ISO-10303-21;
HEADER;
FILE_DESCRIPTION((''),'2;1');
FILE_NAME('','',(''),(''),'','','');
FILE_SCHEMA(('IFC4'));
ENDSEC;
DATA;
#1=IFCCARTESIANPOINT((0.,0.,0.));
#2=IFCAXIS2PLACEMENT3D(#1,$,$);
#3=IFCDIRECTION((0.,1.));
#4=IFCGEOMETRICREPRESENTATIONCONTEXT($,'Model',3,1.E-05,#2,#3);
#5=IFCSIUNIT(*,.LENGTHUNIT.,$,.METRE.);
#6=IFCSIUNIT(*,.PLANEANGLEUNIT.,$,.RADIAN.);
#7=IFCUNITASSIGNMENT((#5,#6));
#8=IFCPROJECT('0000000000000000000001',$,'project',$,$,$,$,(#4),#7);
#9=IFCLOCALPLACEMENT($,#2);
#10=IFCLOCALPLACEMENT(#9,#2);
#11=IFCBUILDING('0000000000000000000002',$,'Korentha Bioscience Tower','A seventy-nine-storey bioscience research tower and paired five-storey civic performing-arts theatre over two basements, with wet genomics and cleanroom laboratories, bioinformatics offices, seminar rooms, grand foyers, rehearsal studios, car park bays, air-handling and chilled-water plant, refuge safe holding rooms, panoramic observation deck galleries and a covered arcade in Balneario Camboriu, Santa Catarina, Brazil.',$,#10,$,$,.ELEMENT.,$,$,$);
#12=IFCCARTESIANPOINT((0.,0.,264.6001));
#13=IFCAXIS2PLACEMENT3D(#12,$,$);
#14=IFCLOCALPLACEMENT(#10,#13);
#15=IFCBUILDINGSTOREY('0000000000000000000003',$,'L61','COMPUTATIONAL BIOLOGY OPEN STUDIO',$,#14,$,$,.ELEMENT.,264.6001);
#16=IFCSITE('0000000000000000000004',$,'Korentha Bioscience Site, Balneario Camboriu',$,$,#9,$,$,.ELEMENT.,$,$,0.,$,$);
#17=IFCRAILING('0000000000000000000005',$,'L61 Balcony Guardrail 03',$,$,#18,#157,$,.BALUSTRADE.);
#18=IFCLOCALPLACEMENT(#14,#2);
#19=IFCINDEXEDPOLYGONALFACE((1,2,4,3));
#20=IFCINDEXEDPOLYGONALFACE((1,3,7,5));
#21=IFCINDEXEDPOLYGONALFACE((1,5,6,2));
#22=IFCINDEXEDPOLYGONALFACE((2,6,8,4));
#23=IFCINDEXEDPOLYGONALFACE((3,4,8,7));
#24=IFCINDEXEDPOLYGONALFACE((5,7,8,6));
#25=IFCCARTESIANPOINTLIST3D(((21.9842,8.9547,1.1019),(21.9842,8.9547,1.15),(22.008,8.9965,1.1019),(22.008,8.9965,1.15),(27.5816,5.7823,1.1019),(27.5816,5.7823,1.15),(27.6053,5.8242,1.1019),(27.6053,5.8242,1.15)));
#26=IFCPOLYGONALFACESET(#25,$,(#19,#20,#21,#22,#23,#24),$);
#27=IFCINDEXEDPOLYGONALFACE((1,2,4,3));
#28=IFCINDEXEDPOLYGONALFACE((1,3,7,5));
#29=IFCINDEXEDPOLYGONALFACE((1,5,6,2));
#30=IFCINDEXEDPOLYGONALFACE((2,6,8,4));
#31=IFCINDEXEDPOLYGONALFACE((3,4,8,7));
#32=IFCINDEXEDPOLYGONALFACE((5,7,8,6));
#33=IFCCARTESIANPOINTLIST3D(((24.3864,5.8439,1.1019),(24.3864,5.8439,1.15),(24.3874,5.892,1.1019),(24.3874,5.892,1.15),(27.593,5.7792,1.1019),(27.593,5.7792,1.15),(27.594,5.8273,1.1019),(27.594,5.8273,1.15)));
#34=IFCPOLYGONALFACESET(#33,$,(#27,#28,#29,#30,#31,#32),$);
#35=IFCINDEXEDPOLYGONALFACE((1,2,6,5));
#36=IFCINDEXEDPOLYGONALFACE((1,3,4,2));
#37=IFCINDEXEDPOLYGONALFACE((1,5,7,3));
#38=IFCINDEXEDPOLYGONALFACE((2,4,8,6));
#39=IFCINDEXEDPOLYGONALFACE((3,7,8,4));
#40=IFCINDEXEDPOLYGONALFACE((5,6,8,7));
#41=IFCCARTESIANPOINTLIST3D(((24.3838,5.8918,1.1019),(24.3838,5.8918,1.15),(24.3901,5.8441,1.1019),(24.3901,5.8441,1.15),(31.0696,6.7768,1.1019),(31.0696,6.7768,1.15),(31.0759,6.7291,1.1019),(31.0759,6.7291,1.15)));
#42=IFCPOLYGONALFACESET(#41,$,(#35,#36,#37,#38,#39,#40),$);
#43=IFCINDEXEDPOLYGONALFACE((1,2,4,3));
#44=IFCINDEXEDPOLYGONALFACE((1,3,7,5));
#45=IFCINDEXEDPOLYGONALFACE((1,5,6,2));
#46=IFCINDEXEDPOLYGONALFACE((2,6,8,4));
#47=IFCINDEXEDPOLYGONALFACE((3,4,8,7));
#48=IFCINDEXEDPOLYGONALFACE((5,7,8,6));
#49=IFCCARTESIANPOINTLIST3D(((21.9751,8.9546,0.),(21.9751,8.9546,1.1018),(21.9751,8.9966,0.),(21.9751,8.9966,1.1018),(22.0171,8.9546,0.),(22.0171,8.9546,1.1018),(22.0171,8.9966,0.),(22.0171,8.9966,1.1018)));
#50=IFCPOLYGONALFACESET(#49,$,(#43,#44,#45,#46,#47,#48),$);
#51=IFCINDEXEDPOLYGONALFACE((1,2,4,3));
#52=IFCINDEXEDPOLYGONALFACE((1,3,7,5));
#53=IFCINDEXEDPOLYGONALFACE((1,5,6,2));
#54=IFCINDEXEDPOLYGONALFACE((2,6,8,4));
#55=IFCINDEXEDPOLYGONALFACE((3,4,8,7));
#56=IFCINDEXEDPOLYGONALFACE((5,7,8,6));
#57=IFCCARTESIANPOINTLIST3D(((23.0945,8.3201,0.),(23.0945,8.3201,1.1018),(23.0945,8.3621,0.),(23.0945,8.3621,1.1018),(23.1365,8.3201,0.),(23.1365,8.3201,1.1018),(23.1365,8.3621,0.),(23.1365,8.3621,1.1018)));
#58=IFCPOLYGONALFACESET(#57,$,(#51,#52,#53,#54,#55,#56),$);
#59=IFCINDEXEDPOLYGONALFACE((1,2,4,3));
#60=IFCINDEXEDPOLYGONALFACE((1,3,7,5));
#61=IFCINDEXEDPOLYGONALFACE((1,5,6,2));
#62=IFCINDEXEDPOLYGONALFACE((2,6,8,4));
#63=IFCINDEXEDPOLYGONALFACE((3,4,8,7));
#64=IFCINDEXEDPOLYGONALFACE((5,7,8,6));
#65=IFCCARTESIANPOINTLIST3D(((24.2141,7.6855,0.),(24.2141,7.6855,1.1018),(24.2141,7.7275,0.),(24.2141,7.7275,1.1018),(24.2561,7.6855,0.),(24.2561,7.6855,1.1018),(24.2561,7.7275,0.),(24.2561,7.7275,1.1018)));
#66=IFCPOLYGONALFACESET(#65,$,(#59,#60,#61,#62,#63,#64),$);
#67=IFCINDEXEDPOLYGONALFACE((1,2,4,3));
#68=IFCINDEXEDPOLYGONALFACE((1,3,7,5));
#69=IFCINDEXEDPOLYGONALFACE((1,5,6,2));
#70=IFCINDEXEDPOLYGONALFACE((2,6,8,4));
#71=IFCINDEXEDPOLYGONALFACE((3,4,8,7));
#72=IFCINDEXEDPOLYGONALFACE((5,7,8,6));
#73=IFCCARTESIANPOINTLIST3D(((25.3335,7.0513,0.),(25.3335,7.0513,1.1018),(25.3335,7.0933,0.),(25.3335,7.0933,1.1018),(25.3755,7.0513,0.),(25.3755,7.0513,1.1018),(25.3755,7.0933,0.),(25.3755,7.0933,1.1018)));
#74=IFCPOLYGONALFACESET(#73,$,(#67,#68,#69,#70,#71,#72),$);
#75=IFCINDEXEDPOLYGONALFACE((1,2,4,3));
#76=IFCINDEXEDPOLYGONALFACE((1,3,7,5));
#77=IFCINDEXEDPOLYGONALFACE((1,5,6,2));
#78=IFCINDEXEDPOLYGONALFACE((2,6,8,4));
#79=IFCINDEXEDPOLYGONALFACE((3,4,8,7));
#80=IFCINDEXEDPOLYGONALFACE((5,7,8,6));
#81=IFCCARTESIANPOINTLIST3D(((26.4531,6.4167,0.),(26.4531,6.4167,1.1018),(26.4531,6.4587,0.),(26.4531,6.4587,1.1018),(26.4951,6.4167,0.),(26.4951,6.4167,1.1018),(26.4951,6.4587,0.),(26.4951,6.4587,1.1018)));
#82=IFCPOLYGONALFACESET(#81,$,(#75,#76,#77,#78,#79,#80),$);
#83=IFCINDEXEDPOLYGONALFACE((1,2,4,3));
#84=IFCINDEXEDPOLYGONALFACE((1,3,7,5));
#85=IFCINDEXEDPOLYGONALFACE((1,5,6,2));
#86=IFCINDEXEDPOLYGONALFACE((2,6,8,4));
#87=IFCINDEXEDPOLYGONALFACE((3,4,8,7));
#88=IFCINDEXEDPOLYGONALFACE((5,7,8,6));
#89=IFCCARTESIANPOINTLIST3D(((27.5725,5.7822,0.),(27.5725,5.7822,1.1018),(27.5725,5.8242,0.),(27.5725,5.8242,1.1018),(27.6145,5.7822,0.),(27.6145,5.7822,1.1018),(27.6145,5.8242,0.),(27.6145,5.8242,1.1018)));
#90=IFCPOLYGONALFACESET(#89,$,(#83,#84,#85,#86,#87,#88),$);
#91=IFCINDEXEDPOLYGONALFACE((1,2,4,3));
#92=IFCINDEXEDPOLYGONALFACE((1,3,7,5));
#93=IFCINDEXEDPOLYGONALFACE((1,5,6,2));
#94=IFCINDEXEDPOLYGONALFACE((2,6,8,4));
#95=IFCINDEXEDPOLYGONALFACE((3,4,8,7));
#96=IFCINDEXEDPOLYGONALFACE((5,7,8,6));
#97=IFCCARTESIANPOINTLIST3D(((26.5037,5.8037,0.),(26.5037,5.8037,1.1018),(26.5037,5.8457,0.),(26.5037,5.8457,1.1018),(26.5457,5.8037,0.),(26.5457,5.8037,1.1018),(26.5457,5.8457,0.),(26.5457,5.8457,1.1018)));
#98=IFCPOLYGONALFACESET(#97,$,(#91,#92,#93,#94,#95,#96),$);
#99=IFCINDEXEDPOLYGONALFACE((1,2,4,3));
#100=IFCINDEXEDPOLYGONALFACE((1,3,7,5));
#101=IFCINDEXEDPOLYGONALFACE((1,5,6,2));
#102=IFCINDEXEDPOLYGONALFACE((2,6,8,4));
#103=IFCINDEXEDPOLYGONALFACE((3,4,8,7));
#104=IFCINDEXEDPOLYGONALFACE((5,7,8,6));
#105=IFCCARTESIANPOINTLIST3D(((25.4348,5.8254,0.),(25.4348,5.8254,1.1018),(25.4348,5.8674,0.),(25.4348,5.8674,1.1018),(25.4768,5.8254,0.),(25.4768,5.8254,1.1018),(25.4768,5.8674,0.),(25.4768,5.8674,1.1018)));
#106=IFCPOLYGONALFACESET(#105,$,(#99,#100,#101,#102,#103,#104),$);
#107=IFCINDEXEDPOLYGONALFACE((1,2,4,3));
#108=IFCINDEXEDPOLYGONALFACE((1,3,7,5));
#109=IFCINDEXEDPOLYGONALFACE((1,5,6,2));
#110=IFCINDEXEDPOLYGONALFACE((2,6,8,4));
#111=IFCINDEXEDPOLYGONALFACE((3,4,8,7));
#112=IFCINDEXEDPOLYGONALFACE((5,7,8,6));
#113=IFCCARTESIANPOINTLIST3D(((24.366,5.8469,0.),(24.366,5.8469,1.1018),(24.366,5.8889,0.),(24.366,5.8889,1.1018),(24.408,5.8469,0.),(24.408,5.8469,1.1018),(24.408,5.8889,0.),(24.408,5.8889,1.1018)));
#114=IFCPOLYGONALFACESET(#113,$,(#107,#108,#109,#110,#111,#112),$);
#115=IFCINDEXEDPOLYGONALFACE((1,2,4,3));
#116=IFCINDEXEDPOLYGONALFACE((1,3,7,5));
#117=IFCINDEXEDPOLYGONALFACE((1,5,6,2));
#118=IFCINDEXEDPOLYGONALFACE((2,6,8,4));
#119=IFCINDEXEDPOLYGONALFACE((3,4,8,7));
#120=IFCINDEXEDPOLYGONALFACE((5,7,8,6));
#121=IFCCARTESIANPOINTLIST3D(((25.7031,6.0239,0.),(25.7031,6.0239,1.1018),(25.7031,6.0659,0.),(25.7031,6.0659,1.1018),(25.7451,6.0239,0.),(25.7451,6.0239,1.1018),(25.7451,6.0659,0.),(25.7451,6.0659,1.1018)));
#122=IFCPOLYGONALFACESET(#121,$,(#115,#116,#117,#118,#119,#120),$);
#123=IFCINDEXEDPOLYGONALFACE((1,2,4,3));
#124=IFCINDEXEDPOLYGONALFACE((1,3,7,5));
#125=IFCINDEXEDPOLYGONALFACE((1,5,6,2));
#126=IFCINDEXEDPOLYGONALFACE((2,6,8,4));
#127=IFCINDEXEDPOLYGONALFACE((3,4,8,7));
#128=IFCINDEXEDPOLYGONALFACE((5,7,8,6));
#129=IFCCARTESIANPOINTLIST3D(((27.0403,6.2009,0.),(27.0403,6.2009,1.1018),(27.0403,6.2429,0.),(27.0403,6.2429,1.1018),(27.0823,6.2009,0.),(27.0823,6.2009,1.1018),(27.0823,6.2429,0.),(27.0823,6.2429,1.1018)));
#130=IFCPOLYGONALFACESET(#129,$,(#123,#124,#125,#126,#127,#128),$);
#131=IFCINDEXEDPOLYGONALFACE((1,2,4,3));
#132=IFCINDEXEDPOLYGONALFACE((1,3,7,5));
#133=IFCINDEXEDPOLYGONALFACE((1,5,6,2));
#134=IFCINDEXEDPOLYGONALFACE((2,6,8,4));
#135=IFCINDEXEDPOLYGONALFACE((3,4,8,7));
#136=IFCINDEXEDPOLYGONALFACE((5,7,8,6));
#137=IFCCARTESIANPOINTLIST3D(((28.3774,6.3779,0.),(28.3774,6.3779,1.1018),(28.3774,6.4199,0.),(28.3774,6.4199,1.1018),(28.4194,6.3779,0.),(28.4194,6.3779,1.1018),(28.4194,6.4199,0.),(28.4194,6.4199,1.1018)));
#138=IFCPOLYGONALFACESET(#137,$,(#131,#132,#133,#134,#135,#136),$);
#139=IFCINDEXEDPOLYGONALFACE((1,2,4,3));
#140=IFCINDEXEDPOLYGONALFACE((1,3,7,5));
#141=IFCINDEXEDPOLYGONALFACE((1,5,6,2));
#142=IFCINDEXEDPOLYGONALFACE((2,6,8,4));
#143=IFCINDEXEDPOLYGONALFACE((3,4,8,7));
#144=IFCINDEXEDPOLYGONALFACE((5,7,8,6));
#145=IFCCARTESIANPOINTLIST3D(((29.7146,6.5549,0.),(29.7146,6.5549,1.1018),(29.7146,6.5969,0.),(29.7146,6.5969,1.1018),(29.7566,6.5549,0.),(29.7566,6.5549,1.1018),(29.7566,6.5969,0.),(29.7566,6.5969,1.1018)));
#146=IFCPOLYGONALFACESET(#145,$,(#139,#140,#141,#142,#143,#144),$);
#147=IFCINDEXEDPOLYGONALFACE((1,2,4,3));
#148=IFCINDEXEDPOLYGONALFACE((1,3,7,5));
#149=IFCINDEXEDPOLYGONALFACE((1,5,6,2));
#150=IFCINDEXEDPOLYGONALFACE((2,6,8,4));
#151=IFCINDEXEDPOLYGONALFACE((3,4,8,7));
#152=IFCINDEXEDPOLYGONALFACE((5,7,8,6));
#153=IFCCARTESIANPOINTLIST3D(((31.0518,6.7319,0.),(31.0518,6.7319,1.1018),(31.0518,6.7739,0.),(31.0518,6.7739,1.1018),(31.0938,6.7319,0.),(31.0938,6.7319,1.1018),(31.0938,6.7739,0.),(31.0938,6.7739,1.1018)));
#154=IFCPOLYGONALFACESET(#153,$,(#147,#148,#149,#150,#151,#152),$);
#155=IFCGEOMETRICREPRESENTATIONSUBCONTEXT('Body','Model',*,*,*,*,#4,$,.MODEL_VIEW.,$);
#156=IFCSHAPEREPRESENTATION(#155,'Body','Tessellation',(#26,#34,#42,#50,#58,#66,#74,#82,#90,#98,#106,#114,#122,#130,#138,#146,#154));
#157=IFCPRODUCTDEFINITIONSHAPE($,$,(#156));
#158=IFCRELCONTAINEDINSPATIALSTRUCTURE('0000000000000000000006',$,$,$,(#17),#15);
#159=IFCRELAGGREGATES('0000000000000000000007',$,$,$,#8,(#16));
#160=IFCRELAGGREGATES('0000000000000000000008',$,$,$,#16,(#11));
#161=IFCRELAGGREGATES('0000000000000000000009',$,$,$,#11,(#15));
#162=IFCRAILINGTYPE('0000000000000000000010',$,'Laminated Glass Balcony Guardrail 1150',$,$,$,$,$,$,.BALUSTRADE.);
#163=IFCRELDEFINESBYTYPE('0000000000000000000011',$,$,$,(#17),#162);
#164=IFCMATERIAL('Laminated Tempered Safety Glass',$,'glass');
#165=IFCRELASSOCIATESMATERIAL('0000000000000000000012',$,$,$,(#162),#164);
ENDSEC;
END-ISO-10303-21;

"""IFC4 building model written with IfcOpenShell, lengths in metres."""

from ifc_helpers import new_model, si_unit, direction, frame, origin, origin_2d, place, context, subcontext, project, spatial, rectangle, extrude, material, type_object, element, save


model = new_model("IFC4")

# Units and contexts
model_context = context("Model", 3, precision=1e-05, world=origin(), true_north=direction((0.0, 1.0)))
body_context = subcontext(model_context, "Body", "Model", "MODEL_VIEW")
ifc_project = project(units=[si_unit("LENGTHUNIT", "METRE"), si_unit("PLANEANGLEUNIT", "RADIAN")], contexts=[model_context])

# Site, building, storey
site_placement = place(None, origin())
site = spatial("IfcSite", under=ifc_project, at=site_placement, Name="Korentha Bioscience Site, Balneario Camboriu", CompositionType="ELEMENT", RefElevation=0.0)
building_placement = place(site_placement, origin())
building = spatial("IfcBuilding", under=site, at=building_placement, Name="Korentha Bioscience Tower", Description="A seventy-nine-storey bioscience research tower and paired five-storey civic performing-arts theatre over two basements, with wet genomics and cleanroom laboratories, bioinformatics offices, seminar rooms, grand foyers, rehearsal studios, car park bays, air-handling and chilled-water plant, refuge safe holding rooms, panoramic observation deck galleries and a covered arcade in Balneario Camboriu, Santa Catarina, Brazil.", CompositionType="ELEMENT")
storey_placement = place(building_placement, frame((0.0, 0.0, 264.6001)))
storey = spatial("IfcBuildingStorey", under=building, at=storey_placement, Name="L61", Description="COMPUTATIONAL BIOLOGY OPEN STUDIO", CompositionType="ELEMENT", Elevation=264.6001)

# Railing
ifc_material_1 = material(Name="Laminated Tempered Safety Glass", Category="glass")
railing_type = type_object("IfcRailingType", Name="Laminated Glass Balcony Guardrail 1150", PredefinedType="BALUSTRADE", material=ifc_material_1)
railing_placement = place(storey_placement, frame((21.9961, 8.9756, 0.0)))
element("IfcRailing", 1, at=railing_placement, inside=storey, type_object=railing_type, Name="L61 Balcony Guardrail 03", PredefinedType="BALUSTRADE", context=body_context, shape_type="SweptSolid", body=[
    extrude(rectangle(XDim=0.0481, YDim=0.0481, at=origin_2d()), frame((0.0, 0.0, 1.126), z_axis=(0.869989, -0.493071, 0.0), x_axis=(0.493071, 0.869989, 0.0)), (0.0, 0.0, 1.0), 6.4338),
    extrude(rectangle(XDim=0.0481, YDim=0.0481, at=origin_2d()), frame((5.5974, -3.1724, 1.126), z_axis=(-0.999797, 0.020173, 0.0), x_axis=(-0.020173, -0.999797, 0.0)), (0.0, 0.0, 1.0), 3.2073),
    extrude(rectangle(XDim=0.0481, YDim=0.0481, at=origin_2d()), frame((2.3909, -3.1077, 1.126), z_axis=(0.991352, 0.131227, 0.0), x_axis=(-0.131227, 0.991352, 0.0)), (0.0, 0.0, 1.0), 6.7441),
    extrude(rectangle(XDim=0.042, YDim=0.042, at=origin_2d()), origin(), (0.0, 0.0, 1.0), 1.1018),
    extrude(rectangle(XDim=0.042, YDim=0.042, at=origin_2d()), frame((1.1194, -0.6345, 0.0)), (0.0, 0.0, 1.0), 1.1018),
    extrude(rectangle(XDim=0.042, YDim=0.042, at=origin_2d()), frame((2.239, -1.269, 0.0)), (0.0, 0.0, 1.0), 1.1018),
    extrude(rectangle(XDim=0.042, YDim=0.042, at=origin_2d()), frame((3.3584, -1.9033, 0.0)), (0.0, 0.0, 1.0), 1.1018),
    extrude(rectangle(XDim=0.042, YDim=0.042, at=origin_2d()), frame((4.478, -2.5378, 0.0)), (0.0, 0.0, 1.0), 1.1018),
    extrude(rectangle(XDim=0.042, YDim=0.042, at=origin_2d()), frame((5.5974, -3.1724, 0.0)), (0.0, 0.0, 1.0), 1.1018),
    extrude(rectangle(XDim=0.042, YDim=0.042, at=origin_2d()), frame((4.5286, -3.1509, 0.0)), (0.0, 0.0, 1.0), 1.1018),
    extrude(rectangle(XDim=0.042, YDim=0.042, at=origin_2d()), frame((3.4597, -3.1292, 0.0)), (0.0, 0.0, 1.0), 1.1018),
    extrude(rectangle(XDim=0.042, YDim=0.042, at=origin_2d()), frame((2.3909, -3.1077, 0.0)), (0.0, 0.0, 1.0), 1.1018),
    extrude(rectangle(XDim=0.042, YDim=0.042, at=origin_2d()), frame((3.728, -2.9307, 0.0)), (0.0, 0.0, 1.0), 1.1018),
    extrude(rectangle(XDim=0.042, YDim=0.042, at=origin_2d()), frame((5.0652, -2.7537, 0.0)), (0.0, 0.0, 1.0), 1.1018),
    extrude(rectangle(XDim=0.042, YDim=0.042, at=origin_2d()), frame((6.4023, -2.5767, 0.0)), (0.0, 0.0, 1.0), 1.1018),
    extrude(rectangle(XDim=0.042, YDim=0.042, at=origin_2d()), frame((7.7395, -2.3997, 0.0)), (0.0, 0.0, 1.0), 1.1018),
    extrude(rectangle(XDim=0.042, YDim=0.042, at=origin_2d()), frame((9.0767, -2.2227, 0.0)), (0.0, 0.0, 1.0), 1.1018),
])

save(model, "model.ifc")
